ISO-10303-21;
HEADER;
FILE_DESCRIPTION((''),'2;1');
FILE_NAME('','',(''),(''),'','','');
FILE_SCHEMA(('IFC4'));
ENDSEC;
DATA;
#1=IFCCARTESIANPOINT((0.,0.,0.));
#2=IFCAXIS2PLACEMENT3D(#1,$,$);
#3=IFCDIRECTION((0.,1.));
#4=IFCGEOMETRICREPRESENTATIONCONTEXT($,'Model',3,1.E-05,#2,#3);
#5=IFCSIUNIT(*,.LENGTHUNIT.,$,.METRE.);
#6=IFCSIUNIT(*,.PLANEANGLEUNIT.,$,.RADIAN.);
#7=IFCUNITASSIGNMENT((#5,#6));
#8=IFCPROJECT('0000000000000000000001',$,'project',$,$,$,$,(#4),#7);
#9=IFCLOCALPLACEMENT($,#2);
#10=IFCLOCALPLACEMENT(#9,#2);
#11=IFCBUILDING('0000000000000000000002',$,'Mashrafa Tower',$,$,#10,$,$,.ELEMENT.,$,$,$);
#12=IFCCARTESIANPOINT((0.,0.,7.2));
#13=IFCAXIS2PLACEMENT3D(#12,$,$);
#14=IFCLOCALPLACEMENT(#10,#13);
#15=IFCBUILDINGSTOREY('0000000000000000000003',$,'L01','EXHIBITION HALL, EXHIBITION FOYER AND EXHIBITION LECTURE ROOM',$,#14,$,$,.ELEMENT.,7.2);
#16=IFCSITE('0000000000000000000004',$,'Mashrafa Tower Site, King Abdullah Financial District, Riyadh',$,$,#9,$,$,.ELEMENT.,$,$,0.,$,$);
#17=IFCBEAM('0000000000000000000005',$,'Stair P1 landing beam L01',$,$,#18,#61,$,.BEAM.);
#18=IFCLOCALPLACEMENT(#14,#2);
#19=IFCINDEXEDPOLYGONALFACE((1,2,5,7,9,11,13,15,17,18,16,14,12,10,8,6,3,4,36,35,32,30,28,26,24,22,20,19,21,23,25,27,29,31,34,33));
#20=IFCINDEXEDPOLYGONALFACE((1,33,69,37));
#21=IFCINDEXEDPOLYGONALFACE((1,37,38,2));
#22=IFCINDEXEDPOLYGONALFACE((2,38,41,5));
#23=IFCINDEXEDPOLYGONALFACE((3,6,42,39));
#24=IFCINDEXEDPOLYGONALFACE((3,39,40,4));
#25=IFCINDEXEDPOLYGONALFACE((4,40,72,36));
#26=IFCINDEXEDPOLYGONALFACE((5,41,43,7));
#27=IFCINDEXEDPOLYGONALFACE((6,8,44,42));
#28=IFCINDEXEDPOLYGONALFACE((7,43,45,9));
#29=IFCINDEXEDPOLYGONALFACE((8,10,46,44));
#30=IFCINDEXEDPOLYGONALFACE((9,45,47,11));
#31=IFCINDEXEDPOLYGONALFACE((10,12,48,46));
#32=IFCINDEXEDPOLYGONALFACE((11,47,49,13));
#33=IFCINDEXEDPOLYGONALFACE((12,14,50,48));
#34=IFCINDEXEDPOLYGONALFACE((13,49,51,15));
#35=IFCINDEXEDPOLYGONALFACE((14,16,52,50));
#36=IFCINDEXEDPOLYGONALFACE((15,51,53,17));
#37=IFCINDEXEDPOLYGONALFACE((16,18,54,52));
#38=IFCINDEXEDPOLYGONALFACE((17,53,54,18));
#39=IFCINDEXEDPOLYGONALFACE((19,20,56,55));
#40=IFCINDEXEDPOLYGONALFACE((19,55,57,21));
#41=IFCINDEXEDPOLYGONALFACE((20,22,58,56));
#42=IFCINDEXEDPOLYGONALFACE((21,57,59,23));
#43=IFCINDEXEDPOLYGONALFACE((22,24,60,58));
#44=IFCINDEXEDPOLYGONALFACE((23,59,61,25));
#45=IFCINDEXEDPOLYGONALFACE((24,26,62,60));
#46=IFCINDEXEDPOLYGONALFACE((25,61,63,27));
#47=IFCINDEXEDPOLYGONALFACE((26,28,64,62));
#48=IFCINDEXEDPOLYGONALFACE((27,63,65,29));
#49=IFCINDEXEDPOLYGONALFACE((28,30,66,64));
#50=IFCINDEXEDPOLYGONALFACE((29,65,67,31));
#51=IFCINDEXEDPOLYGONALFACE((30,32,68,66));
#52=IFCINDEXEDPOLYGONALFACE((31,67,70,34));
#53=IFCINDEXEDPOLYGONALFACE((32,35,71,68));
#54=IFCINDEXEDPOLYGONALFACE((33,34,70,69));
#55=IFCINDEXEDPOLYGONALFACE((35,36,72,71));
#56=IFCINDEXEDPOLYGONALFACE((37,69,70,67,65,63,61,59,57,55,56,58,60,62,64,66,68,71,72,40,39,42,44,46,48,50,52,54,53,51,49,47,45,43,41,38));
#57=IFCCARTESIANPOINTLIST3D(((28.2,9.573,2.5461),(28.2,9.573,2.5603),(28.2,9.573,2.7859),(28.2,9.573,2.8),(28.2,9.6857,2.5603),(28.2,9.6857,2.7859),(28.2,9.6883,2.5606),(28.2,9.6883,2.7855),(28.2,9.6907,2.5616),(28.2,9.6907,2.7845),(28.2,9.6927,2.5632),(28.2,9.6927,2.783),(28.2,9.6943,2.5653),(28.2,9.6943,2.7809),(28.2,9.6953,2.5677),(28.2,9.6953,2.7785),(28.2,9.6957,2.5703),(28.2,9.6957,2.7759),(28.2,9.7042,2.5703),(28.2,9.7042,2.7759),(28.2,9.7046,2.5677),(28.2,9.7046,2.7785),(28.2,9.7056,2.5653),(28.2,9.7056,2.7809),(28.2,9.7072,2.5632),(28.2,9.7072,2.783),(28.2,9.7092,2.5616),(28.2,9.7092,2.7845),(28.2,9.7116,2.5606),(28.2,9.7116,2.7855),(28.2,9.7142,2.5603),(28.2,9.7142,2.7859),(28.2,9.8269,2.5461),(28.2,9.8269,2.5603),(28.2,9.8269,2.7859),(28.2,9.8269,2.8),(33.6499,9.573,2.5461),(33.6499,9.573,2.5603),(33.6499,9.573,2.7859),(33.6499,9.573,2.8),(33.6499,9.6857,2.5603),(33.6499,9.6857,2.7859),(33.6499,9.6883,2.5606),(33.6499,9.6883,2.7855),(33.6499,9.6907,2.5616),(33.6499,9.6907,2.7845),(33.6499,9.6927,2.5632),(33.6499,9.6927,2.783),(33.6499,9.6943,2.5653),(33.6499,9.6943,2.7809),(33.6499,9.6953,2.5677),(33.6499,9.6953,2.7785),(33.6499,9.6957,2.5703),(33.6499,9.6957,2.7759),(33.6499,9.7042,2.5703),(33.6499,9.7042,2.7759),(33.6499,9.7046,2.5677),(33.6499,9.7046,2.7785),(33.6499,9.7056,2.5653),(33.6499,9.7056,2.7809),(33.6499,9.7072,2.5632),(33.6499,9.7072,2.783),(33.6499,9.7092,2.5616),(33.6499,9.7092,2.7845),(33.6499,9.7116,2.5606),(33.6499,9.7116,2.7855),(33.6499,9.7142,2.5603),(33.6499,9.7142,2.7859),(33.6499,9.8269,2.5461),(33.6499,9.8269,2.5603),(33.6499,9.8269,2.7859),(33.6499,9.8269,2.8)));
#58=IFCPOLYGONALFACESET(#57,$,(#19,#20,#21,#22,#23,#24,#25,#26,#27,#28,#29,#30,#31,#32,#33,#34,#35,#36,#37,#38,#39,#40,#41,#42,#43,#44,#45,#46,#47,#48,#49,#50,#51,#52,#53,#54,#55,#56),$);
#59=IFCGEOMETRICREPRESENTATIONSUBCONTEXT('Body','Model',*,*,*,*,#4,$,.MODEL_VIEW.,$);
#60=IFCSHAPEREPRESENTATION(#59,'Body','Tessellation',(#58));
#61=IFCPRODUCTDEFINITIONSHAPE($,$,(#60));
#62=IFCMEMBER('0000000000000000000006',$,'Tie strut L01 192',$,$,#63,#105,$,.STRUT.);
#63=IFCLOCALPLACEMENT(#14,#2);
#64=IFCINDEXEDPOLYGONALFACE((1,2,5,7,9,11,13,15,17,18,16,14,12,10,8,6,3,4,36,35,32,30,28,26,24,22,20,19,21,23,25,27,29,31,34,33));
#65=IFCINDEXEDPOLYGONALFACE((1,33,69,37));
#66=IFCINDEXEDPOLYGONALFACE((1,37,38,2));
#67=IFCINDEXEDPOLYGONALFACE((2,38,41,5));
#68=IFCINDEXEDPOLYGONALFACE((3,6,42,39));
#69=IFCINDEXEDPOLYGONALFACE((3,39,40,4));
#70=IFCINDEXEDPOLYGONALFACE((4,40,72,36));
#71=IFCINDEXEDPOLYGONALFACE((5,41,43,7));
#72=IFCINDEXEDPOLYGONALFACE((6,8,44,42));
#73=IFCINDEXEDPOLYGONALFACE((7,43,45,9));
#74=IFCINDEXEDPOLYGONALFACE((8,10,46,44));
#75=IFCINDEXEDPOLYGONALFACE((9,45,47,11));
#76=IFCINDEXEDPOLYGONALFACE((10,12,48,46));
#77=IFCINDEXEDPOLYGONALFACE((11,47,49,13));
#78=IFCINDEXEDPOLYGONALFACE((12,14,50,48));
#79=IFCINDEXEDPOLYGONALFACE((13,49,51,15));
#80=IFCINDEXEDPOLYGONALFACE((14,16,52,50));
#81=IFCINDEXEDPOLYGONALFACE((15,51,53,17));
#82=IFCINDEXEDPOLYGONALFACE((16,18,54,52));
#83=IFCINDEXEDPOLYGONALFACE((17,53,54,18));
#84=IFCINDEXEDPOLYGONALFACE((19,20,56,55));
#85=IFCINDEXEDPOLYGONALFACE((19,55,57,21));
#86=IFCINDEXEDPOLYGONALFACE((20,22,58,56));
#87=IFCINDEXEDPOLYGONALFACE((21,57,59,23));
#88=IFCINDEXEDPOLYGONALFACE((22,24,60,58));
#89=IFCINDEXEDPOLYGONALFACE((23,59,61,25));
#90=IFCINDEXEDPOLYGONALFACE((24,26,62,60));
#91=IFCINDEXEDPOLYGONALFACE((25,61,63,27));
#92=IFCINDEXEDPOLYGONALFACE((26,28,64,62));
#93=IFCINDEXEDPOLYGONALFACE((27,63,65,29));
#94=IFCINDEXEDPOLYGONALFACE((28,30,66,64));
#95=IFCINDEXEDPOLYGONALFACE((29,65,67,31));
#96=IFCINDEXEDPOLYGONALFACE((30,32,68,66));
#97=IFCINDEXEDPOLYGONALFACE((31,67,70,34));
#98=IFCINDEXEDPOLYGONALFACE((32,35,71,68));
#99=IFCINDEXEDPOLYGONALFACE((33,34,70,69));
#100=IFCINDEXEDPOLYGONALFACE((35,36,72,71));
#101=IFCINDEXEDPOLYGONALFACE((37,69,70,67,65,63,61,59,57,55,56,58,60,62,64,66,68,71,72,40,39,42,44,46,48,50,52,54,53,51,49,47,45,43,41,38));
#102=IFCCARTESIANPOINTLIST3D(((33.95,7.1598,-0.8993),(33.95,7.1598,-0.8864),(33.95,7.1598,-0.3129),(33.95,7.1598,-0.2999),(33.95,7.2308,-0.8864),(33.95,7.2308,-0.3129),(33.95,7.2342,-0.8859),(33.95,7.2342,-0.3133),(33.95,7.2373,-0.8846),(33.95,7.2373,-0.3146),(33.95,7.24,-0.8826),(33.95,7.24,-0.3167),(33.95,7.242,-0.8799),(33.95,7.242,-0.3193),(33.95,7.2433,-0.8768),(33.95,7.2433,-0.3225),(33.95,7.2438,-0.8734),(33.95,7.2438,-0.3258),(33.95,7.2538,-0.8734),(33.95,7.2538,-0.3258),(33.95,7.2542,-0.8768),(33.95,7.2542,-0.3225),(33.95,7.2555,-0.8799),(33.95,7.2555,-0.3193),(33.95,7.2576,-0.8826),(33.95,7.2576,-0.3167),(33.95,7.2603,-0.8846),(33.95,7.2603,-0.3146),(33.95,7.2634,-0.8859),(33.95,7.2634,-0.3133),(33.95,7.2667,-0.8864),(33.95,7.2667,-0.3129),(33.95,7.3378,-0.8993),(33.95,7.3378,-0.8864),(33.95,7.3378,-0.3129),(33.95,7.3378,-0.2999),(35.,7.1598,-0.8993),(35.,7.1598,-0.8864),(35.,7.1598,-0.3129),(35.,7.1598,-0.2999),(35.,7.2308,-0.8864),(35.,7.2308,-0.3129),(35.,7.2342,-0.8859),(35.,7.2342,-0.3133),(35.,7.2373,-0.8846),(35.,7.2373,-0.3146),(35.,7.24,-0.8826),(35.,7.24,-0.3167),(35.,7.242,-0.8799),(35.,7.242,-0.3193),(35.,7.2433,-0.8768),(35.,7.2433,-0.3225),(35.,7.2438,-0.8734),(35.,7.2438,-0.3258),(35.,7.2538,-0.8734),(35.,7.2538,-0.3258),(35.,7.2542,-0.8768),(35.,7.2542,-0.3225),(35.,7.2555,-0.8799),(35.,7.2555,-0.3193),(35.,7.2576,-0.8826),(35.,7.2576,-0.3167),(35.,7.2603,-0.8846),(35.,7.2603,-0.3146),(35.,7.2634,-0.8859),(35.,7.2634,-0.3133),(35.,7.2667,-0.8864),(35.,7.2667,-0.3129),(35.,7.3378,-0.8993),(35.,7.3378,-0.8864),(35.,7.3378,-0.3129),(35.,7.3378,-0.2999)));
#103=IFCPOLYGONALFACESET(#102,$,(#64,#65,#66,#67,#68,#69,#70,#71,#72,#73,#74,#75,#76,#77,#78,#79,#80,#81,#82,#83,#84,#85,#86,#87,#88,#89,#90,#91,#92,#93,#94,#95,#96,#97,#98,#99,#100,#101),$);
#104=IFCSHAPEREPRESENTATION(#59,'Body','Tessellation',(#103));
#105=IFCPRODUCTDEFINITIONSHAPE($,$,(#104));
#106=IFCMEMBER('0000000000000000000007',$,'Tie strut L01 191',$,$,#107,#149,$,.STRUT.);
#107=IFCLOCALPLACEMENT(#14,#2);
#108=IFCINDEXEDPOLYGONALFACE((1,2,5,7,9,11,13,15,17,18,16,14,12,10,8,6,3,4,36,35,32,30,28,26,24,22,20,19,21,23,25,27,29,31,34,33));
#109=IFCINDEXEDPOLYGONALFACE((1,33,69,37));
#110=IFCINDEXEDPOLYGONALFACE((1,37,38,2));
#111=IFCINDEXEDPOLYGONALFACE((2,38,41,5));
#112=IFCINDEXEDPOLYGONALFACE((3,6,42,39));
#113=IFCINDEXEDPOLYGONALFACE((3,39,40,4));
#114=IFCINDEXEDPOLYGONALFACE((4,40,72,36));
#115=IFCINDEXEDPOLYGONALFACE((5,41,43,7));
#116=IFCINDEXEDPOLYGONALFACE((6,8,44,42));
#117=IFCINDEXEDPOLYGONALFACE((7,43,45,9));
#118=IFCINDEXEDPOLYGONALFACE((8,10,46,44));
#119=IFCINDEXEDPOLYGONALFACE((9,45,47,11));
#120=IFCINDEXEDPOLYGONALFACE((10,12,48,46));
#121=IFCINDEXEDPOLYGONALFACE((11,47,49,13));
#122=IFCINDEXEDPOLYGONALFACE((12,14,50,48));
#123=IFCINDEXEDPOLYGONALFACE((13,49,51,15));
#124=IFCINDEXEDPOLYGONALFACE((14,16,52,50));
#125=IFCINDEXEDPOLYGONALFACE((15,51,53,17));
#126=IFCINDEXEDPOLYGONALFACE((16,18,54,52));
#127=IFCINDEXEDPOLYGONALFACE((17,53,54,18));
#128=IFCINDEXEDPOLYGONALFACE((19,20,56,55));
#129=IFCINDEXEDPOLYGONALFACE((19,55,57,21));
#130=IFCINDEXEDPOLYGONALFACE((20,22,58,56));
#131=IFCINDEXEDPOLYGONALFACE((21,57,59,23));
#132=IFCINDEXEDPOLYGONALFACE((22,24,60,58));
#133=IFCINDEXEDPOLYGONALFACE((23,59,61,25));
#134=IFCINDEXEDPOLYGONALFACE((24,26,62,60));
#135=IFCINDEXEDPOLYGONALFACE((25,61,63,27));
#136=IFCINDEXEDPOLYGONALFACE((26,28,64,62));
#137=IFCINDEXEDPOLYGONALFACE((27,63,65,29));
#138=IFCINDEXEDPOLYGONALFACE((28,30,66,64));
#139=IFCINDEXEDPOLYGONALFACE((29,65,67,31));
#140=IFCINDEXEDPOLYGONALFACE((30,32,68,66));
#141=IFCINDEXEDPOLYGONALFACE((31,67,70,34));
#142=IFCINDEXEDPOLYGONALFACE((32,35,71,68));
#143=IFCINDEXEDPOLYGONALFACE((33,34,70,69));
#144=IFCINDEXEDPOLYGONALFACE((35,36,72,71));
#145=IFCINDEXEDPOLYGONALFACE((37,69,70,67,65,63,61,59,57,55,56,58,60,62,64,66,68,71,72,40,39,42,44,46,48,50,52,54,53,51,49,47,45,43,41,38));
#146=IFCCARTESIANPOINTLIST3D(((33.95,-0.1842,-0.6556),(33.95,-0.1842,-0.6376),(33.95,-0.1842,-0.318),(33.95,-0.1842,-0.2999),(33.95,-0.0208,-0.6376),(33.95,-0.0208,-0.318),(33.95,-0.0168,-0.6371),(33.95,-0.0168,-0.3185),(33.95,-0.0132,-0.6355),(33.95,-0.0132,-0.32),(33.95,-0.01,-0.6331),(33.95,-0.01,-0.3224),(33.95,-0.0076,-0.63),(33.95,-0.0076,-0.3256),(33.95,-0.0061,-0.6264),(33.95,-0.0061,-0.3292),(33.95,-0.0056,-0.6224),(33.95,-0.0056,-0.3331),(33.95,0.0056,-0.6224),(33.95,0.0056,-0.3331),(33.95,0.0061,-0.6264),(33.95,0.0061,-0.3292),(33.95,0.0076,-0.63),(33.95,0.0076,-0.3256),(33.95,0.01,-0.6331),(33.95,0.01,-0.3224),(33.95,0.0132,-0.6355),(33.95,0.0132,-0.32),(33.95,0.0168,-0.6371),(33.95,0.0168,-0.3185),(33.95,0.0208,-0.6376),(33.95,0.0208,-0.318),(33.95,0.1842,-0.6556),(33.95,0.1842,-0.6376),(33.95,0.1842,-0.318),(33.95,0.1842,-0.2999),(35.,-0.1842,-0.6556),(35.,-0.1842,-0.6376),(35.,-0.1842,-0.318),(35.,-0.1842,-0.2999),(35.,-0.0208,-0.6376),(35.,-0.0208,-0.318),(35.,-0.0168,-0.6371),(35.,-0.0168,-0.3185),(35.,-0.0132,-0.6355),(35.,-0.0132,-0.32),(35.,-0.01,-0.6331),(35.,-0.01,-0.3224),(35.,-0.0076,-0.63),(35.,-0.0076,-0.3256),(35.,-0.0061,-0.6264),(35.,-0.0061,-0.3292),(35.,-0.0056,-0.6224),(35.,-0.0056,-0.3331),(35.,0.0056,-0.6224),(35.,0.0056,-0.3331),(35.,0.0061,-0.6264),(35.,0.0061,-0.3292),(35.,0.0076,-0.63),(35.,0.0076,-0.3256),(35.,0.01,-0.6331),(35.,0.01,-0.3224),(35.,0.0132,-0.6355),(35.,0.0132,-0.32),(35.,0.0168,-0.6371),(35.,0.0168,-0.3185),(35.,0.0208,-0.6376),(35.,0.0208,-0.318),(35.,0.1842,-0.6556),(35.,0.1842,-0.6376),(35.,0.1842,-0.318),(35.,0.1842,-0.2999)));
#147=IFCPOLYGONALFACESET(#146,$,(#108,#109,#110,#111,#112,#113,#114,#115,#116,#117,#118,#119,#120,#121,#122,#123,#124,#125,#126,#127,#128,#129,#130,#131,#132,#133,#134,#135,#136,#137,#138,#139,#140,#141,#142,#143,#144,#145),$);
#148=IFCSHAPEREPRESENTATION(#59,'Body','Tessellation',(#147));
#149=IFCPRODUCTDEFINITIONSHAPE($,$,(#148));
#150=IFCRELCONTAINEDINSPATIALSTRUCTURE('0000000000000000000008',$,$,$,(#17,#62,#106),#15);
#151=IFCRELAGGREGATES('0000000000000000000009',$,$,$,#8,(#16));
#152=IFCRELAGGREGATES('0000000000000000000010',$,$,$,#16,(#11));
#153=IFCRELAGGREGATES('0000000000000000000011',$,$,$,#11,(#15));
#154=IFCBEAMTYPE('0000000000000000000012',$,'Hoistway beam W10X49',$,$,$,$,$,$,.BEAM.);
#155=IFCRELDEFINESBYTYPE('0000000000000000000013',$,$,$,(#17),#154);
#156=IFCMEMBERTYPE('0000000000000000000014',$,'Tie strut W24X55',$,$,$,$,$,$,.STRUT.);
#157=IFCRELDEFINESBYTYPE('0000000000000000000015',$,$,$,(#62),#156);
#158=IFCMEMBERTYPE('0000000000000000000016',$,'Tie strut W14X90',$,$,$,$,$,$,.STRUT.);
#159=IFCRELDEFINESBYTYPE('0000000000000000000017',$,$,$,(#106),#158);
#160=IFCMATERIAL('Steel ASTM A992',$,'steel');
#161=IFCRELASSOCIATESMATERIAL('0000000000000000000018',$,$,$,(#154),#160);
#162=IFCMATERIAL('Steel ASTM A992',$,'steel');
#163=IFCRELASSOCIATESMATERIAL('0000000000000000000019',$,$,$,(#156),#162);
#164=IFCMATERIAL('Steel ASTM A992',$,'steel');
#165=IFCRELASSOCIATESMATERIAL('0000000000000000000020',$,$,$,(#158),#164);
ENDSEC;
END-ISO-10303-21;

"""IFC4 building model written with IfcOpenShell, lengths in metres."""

from ifc_helpers import new_model, si_unit, direction, frame, origin, origin_2d, place, context, subcontext, project, spatial, i_section, extrude, source, transform, mapped, material, material_profile, profile_set, type_object, type_shapes, element, save


model = new_model("IFC4")

# Units and contexts
model_context = context("Model", 3, precision=1e-05, world=origin(), true_north=direction((0.0, 1.0)))
body_context = subcontext(model_context, "Body", "Model", "MODEL_VIEW")
ifc_project = project(units=[si_unit("LENGTHUNIT", "METRE"), si_unit("PLANEANGLEUNIT", "RADIAN")], contexts=[model_context])

# Site, building, storey
site_placement = place(None, origin())
site = spatial("IfcSite", under=ifc_project, at=site_placement, Name="Mashrafa Tower Site, King Abdullah Financial District, Riyadh", CompositionType="ELEMENT", RefElevation=0.0)
building_placement = place(site_placement, origin())
building = spatial("IfcBuilding", under=site, at=building_placement, Name="Mashrafa Tower", CompositionType="ELEMENT")
storey_placement = place(building_placement, frame((0.0, 0.0, 7.2)))
storey = spatial("IfcBuildingStorey", under=building, at=storey_placement, Name="L01", Description="EXHIBITION HALL, EXHIBITION FOYER AND EXHIBITION LECTURE ROOM", CompositionType="ELEMENT", Elevation=7.2)

# Beam
ifc_material_1 = material(Name="Steel ASTM A992", Category="steel")
ifc_material_profile_1 = material_profile(ifc_material_1, i_section(OverallWidth=0.2539, OverallDepth=0.2539, WebThickness=0.0085, FlangeThickness=0.0142, FilletRadius=0.01, at=origin_2d()), Name="W10X49")
ifc_profile_set_1 = profile_set([ifc_material_profile_1], Name="Steel ASTM A992")
beam_type_1 = type_object("IfcBeamType", Name="Hoistway beam W10X49", PredefinedType="BEAM", material=ifc_profile_set_1)
for number, where, z_axis, x_axis, name in (
    (1, (28.2, 9.7, 2.6731), (1.0, 0.0, 0.0), (0.0, 1.0, 0.0), "Stair P1 landing beam L01"),
):
    element("IfcBeam", number, at=place(storey_placement, frame(where, z_axis=z_axis, x_axis=x_axis)), inside=storey, type_object=beam_type_1, Name=name, PredefinedType="BEAM", context=body_context, shape_type="SweptSolid", body=[
        extrude(i_section(OverallWidth=0.2539, OverallDepth=0.2539, WebThickness=0.0085, FlangeThickness=0.0142, FilletRadius=0.01, at=origin_2d()), origin(), (0.0, 0.0, 1.0), 5.45),
    ])

# Members
ifc_material_2 = material(Name="Steel ASTM A992", Category="steel")
ifc_material_profile_2 = material_profile(ifc_material_2, i_section(OverallWidth=0.178, OverallDepth=0.5994, WebThickness=0.01, FlangeThickness=0.0129, FilletRadius=0.0129, at=origin_2d()), Name="W24X55")
ifc_profile_set_2 = profile_set([ifc_material_profile_2], Name="Steel ASTM A992")
member_type_1 = type_object("IfcMemberType", Name="Tie strut W24X55", PredefinedType="STRUT", material=ifc_profile_set_2)
shared_shape_1 = source(origin(), body_context, "Body", "SweptSolid", [
    extrude(i_section(OverallWidth=0.178, OverallDepth=0.5994, WebThickness=0.01, FlangeThickness=0.0129, FilletRadius=0.0129, at=origin_2d()), origin(), (0.0, 0.0, 1.0), 1.05),
])
type_shapes(member_type_1, [shared_shape_1])
member_1_placement = place(storey_placement, frame((33.95, 7.2488, -0.5996), z_axis=(1.0, 0.0, 0.0), x_axis=(0.0, 1.0, 0.0)))
element("IfcMember", 2, at=member_1_placement, inside=storey, type_object=member_type_1, Name="Tie strut L01 192", PredefinedType="STRUT", context=body_context, shape_type="MappedRepresentation", body=[
    mapped(shared_shape_1, transform((0.0, 0.0, 0.0))),
])
ifc_material_3 = material(Name="Steel ASTM A992", Category="steel")
ifc_material_profile_3 = material_profile(ifc_material_3, i_section(OverallWidth=0.3684, OverallDepth=0.3557, WebThickness=0.0112, FlangeThickness=0.0181, FilletRadius=0.0151, at=origin_2d()), Name="W14X90")
ifc_profile_set_3 = profile_set([ifc_material_profile_3], Name="Steel ASTM A992")
member_type_2 = type_object("IfcMemberType", Name="Tie strut W14X90", PredefinedType="STRUT", material=ifc_profile_set_3)
shared_shape_2 = source(origin(), body_context, "Body", "SweptSolid", [
    extrude(i_section(OverallWidth=0.3684, OverallDepth=0.3557, WebThickness=0.0112, FlangeThickness=0.0181, FilletRadius=0.0151, at=origin_2d()), origin(), (0.0, 0.0, 1.0), 1.05),
])
member_2_placement = place(storey_placement, frame((33.95, 0.0, -0.4778), z_axis=(1.0, 0.0, 0.0), x_axis=(0.0, 1.0, 0.0)))
element("IfcMember", 3, at=member_2_placement, inside=storey, type_object=member_type_2, Name="Tie strut L01 191", PredefinedType="STRUT", context=body_context, shape_type="MappedRepresentation", body=[
    mapped(shared_shape_2, transform((0.0, 0.0, 0.0))),
])

save(model, "model.ifc")
